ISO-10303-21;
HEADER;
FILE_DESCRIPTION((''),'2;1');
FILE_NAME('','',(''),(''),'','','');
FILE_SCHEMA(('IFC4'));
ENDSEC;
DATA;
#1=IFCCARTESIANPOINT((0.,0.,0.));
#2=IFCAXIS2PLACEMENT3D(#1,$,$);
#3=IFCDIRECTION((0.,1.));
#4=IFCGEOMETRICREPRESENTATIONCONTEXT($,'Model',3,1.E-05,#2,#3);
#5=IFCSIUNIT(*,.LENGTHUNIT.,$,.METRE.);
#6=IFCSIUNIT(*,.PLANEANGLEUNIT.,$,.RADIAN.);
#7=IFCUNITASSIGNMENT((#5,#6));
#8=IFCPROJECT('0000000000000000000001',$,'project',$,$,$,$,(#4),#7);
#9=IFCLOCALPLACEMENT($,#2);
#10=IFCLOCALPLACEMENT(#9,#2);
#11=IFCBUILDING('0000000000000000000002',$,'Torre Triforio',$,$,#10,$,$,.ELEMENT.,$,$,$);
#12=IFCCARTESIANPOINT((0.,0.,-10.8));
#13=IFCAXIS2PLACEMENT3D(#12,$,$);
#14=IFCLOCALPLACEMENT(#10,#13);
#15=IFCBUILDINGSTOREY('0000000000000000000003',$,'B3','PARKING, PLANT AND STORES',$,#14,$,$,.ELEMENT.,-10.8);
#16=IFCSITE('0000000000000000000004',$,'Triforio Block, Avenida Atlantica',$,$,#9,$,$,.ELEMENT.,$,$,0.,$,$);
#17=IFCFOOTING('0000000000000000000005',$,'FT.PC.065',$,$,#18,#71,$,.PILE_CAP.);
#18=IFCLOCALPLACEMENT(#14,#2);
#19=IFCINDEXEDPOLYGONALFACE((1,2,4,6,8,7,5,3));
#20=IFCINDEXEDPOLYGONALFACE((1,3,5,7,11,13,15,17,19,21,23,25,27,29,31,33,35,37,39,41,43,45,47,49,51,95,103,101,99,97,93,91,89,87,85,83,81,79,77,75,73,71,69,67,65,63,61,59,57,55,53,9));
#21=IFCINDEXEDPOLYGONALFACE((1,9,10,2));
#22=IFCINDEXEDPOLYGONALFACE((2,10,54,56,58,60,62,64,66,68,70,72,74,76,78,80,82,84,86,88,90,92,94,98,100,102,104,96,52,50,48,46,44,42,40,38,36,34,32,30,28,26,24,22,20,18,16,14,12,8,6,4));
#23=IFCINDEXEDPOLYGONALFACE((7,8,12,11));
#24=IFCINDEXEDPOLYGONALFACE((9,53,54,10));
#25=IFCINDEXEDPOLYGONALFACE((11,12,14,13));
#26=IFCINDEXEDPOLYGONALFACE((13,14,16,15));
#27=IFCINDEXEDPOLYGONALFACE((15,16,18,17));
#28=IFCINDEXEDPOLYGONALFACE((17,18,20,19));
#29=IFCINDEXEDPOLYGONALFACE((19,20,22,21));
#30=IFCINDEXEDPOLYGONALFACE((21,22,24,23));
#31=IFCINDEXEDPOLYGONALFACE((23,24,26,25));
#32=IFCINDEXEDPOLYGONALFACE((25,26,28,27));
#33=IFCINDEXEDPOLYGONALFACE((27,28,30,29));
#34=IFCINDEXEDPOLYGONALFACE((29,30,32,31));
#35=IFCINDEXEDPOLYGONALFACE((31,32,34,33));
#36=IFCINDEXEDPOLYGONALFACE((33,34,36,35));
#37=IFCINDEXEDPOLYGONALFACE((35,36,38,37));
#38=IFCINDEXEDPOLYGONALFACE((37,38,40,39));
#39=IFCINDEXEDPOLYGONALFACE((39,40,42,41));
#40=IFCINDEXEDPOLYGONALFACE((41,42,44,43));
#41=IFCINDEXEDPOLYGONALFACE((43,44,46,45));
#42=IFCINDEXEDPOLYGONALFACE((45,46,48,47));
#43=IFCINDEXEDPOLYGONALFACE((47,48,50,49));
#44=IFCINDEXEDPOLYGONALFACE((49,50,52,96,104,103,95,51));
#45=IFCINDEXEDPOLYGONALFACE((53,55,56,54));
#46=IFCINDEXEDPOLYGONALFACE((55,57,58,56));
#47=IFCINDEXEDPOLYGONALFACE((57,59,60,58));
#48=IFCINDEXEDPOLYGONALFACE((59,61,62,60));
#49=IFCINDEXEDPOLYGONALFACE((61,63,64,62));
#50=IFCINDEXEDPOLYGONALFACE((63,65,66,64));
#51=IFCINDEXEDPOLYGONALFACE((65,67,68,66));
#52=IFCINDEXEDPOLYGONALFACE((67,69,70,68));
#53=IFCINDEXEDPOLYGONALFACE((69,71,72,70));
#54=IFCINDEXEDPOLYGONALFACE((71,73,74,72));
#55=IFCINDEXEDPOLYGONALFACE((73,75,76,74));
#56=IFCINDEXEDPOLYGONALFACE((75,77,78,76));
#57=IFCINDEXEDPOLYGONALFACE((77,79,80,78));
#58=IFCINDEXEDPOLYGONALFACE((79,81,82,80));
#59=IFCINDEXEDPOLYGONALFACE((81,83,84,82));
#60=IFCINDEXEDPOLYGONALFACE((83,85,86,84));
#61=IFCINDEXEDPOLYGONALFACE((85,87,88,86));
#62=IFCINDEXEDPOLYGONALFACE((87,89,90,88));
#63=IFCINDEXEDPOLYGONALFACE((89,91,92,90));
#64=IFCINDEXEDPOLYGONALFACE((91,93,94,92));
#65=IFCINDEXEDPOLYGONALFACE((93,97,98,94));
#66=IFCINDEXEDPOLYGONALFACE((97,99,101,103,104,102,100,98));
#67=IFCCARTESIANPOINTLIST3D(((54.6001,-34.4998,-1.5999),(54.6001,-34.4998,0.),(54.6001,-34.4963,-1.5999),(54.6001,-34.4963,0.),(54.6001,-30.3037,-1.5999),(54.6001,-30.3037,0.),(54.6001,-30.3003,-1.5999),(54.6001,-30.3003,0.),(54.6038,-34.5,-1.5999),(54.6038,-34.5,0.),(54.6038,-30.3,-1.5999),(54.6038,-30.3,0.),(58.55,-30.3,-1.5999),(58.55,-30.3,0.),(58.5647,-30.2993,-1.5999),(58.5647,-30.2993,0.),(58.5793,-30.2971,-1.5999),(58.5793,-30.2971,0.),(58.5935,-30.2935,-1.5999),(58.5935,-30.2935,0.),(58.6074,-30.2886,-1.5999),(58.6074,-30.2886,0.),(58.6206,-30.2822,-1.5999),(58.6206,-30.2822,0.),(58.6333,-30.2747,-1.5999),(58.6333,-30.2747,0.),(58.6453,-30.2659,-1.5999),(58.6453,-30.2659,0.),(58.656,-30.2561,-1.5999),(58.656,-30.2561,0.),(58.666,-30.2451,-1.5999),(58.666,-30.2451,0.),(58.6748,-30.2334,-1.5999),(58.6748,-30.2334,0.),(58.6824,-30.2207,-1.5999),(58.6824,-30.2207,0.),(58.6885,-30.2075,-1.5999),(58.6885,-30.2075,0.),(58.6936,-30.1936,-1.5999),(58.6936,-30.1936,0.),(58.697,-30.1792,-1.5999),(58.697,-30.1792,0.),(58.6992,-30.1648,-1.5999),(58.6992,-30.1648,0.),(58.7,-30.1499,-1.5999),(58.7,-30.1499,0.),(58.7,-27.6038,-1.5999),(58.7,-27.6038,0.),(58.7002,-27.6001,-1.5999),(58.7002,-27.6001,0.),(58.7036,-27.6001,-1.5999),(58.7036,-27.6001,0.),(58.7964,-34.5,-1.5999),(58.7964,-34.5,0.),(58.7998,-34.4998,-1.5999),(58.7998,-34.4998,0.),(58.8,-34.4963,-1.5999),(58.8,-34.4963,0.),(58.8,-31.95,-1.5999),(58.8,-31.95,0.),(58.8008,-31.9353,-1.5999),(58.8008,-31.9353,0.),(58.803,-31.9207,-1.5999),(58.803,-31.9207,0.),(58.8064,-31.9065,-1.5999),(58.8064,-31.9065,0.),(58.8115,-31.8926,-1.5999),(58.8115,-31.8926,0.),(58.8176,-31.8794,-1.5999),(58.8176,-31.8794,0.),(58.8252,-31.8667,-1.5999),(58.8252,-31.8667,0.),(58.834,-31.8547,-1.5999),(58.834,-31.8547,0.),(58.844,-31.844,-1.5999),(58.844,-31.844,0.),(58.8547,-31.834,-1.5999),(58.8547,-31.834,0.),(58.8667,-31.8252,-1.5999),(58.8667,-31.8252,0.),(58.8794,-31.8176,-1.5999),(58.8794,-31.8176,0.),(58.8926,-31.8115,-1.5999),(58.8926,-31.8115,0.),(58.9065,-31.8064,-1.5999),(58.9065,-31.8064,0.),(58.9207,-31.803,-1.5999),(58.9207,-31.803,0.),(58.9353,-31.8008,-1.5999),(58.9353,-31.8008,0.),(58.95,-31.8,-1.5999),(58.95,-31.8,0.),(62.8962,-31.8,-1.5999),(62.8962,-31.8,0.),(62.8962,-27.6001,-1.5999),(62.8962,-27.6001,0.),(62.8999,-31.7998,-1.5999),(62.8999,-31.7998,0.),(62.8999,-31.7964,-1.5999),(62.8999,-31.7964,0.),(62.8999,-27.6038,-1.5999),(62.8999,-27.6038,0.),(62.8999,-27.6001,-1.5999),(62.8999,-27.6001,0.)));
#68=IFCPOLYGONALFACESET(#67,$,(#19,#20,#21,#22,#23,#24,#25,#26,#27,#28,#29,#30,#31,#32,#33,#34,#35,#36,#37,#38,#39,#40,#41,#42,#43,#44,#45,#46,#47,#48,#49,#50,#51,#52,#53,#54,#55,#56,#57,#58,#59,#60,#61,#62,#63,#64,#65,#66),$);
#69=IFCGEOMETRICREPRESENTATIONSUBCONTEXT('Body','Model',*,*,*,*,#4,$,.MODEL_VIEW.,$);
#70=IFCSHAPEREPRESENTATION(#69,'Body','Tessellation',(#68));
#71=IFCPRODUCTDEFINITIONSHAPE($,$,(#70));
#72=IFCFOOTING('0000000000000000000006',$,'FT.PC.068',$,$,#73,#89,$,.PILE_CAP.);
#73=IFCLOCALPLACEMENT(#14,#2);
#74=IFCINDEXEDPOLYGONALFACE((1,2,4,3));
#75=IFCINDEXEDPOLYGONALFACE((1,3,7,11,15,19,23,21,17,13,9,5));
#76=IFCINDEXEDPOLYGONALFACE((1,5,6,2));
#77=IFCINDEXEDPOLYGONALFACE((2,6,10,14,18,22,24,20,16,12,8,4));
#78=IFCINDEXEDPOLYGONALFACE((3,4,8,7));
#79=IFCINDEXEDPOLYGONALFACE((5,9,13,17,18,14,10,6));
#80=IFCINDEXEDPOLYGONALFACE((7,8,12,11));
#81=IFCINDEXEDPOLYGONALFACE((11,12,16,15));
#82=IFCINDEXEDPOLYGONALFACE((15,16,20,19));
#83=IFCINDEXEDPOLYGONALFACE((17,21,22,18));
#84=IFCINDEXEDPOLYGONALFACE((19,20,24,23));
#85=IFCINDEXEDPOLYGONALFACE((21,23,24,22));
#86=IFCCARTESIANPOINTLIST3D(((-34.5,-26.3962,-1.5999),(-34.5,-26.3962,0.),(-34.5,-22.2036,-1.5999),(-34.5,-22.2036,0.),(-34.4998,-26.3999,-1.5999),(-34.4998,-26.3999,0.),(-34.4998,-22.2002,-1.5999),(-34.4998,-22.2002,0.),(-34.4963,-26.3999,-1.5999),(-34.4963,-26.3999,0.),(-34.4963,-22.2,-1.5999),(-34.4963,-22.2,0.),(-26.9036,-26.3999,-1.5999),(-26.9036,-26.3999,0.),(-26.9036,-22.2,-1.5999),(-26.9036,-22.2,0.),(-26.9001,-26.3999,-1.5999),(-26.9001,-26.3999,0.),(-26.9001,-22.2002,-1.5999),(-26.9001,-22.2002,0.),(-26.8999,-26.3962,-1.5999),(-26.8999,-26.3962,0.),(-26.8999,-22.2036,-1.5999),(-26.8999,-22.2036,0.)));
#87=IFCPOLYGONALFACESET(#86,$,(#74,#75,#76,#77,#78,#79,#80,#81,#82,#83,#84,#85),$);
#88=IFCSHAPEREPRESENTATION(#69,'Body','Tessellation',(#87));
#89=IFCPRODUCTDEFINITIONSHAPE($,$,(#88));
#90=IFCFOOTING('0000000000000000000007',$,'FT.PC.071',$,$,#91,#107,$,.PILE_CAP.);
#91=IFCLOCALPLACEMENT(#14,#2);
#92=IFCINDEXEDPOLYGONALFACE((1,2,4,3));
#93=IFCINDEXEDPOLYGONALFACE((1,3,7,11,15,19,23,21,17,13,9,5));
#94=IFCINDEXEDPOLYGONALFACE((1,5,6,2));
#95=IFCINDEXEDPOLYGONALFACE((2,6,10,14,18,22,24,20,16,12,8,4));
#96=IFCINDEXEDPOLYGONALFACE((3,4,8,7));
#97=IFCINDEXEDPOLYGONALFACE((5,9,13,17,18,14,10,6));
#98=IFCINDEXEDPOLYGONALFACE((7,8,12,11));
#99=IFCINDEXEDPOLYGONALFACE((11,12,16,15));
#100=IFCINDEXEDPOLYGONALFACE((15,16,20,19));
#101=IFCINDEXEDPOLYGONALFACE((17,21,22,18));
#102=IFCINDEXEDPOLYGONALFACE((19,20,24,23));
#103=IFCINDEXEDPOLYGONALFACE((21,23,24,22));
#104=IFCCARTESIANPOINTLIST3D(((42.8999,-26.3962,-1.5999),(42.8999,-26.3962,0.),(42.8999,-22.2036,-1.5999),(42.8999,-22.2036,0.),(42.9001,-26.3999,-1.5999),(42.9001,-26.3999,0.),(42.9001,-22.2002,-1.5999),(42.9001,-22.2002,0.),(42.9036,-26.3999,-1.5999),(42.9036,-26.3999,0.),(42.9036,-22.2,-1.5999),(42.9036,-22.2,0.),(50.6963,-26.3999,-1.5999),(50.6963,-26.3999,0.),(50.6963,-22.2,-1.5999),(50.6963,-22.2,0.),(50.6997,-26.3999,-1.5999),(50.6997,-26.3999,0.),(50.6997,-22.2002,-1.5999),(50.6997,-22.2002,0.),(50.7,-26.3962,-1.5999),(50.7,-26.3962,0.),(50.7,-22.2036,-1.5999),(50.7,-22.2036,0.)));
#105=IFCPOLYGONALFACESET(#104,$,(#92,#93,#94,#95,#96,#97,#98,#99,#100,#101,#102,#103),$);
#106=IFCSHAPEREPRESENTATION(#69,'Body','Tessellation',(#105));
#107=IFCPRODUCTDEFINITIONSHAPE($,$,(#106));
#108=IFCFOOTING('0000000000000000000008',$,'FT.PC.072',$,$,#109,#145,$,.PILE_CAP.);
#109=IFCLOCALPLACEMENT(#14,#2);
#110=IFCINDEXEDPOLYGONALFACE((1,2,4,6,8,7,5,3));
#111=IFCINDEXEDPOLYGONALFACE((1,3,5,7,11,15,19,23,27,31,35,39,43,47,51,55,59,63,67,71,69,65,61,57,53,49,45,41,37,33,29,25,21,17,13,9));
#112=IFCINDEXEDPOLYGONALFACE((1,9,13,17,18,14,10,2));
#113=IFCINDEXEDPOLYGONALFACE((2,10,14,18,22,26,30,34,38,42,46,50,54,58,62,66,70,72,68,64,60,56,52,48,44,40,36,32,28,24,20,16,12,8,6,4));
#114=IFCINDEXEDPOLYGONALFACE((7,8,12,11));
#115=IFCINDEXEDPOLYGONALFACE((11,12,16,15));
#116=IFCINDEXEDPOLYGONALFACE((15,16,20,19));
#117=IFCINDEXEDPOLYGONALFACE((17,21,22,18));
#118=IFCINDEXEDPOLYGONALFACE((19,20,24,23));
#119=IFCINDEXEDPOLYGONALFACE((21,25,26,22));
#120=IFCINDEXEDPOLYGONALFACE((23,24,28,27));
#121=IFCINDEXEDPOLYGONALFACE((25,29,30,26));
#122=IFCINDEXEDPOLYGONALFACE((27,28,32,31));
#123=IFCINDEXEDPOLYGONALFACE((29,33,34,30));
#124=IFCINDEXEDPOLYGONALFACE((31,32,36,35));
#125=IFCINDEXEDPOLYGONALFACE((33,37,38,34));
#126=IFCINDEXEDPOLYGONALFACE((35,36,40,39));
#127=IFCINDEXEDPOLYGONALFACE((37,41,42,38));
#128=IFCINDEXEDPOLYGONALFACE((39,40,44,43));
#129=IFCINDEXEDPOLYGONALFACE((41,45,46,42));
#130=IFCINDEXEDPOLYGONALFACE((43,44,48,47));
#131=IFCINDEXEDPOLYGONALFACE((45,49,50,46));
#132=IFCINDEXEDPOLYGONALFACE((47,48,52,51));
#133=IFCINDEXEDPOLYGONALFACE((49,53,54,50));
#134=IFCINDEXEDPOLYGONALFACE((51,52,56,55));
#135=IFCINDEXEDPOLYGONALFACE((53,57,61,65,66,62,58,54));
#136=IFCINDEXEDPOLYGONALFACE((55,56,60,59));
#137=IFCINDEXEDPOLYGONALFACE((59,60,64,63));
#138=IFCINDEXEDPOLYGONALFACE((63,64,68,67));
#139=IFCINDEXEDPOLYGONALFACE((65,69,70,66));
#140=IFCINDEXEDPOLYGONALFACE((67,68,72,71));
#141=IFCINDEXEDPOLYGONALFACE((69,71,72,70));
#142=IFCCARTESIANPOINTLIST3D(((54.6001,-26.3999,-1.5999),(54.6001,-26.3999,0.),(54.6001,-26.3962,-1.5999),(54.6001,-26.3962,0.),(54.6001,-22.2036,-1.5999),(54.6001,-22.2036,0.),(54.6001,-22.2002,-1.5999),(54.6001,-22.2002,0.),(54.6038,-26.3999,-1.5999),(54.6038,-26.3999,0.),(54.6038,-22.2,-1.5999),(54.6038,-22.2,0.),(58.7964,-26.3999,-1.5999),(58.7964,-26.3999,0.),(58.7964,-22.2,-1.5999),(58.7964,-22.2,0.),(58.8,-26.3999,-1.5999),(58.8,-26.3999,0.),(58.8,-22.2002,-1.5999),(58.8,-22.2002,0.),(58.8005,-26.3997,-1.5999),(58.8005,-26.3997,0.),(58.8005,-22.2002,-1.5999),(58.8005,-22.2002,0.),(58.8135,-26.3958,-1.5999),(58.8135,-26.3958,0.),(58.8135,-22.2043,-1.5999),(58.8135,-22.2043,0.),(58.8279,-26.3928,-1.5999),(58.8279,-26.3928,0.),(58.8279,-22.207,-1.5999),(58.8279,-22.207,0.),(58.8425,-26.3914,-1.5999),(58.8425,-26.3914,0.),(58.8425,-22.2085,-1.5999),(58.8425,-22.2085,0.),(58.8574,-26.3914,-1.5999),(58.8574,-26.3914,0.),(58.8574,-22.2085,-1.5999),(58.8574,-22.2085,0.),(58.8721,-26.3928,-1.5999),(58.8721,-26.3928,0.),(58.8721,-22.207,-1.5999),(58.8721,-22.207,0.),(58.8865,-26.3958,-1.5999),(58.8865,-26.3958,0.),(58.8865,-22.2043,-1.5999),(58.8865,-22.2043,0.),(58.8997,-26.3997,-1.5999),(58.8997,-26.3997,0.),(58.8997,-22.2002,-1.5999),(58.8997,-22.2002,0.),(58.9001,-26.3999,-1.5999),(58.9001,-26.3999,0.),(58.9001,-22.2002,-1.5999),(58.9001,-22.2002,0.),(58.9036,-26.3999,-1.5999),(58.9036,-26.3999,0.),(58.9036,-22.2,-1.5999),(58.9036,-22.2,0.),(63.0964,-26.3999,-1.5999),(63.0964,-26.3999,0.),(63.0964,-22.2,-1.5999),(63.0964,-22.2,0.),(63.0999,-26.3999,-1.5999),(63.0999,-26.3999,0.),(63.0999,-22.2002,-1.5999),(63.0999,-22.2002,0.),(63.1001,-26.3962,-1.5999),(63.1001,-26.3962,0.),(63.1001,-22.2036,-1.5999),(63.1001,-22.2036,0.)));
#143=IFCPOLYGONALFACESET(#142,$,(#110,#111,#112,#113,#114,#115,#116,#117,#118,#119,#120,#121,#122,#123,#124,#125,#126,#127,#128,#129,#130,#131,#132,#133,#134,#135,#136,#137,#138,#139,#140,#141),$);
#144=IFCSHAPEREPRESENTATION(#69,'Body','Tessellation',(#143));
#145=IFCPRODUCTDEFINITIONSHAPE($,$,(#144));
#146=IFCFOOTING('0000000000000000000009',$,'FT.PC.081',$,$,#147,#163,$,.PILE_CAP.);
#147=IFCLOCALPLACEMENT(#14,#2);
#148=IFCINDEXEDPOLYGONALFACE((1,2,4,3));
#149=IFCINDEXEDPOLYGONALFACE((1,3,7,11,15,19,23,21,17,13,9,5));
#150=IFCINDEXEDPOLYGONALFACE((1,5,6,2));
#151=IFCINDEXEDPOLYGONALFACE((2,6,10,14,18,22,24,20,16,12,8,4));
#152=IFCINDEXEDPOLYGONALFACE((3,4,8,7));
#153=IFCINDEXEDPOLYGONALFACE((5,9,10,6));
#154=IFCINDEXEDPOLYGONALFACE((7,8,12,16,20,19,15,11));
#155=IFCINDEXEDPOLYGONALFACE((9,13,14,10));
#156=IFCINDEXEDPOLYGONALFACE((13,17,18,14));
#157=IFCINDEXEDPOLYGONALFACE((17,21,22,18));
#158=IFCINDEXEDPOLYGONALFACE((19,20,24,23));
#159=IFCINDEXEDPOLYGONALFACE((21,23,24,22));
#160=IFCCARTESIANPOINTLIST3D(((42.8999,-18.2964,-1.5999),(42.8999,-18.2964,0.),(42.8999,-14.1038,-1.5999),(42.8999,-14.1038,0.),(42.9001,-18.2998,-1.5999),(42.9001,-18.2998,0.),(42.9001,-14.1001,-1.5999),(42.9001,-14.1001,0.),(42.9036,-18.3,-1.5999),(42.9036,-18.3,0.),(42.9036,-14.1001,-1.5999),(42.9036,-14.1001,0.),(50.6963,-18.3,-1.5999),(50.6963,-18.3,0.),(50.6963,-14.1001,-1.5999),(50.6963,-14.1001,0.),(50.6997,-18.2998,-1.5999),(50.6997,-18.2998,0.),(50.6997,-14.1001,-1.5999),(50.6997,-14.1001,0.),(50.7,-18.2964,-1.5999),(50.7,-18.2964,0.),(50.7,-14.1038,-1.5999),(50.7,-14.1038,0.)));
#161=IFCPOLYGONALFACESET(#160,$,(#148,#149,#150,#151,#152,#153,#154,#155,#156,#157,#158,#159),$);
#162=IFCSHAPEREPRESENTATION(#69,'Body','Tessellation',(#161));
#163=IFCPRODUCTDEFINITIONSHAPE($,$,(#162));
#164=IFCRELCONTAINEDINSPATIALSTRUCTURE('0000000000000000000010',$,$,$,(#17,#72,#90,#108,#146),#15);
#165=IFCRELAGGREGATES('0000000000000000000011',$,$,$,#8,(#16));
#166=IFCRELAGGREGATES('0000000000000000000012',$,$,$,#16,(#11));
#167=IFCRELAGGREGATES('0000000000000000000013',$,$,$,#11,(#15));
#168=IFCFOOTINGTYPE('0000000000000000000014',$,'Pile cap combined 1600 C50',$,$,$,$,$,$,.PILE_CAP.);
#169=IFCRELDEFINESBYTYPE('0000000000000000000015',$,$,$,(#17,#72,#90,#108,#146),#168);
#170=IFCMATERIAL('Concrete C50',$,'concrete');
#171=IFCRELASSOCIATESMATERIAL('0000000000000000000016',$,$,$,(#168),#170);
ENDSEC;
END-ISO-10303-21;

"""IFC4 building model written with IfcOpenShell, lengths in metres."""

from ifc_helpers import new_model, si_unit, direction, frame, origin, place, context, subcontext, project, spatial, polyline, outline, extrude, material, type_object, element, save


model = new_model("IFC4")

# Units and contexts
model_context = context("Model", 3, precision=1e-05, world=origin(), true_north=direction((0.0, 1.0)))
body_context = subcontext(model_context, "Body", "Model", "MODEL_VIEW")
ifc_project = project(units=[si_unit("LENGTHUNIT", "METRE"), si_unit("PLANEANGLEUNIT", "RADIAN")], contexts=[model_context])

# Site, building, storey
site_placement = place(None, origin())
site = spatial("IfcSite", under=ifc_project, at=site_placement, Name="Triforio Block, Avenida Atlantica", CompositionType="ELEMENT", RefElevation=0.0)
building_placement = place(site_placement, origin())
building = spatial("IfcBuilding", under=site, at=building_placement, Name="Torre Triforio", CompositionType="ELEMENT")
storey_placement = place(building_placement, frame((0.0, 0.0, -10.8)))
storey = spatial("IfcBuildingStorey", under=building, at=storey_placement, Name="B3", Description="PARKING, PLANT AND STORES", CompositionType="ELEMENT", Elevation=-10.8)

# Footings
ifc_material_1 = material(Name="Concrete C50", Category="concrete")
footing_type_1 = type_object("IfcFootingType", Name="Pile cap combined 1600 C50", PredefinedType="PILE_CAP", material=ifc_material_1)
footing_1_placement = place(storey_placement, frame((0.0, 0.0, -1.5999)))
element("IfcFooting", 1, at=footing_1_placement, inside=storey, type_object=footing_type_1, Name="FT.PC.065", PredefinedType="PILE_CAP", context=body_context, shape_type="SweptSolid", body=[
    extrude(outline(polyline([(54.6001, -30.3003), (54.6001, -30.3037), (54.6001, -34.4963), (54.6001, -34.4998), (54.6038, -34.5), (58.7964, -34.5), (58.7998, -34.4998), (58.8, -34.4963), (58.8, -31.95), (58.8008, -31.9353), (58.803, -31.9207), (58.8064, -31.9065), (58.8115, -31.8926), (58.8176, -31.8794), (58.8252, -31.8667), (58.834, -31.8547), (58.844, -31.844), (58.8547, -31.834), (58.8667, -31.8252), (58.8794, -31.8176), (58.8926, -31.8115), (58.9065, -31.8064), (58.9207, -31.803), (58.9353, -31.8008), (58.95, -31.8), (62.8962, -31.8), (62.8999, -31.7998), (62.8999, -31.7964), (62.8999, -27.6038), (62.8999, -27.6001), (62.8962, -27.6001), (58.7036, -27.6001), (58.7002, -27.6001), (58.7, -27.6038), (58.7, -30.1499), (58.6992, -30.1648), (58.697, -30.1792), (58.6936, -30.1936), (58.6885, -30.2075), (58.6824, -30.2207), (58.6748, -30.2334), (58.666, -30.2451), (58.656, -30.2561), (58.6453, -30.2659), (58.6333, -30.2747), (58.6206, -30.2822), (58.6074, -30.2886), (58.5935, -30.2935), (58.5793, -30.2971), (58.5647, -30.2993), (58.55, -30.3), (54.6038, -30.3), (54.6001, -30.3003)])), origin(), (0.0, 0.0, 1.0), 1.5999),
])
footing_2_placement = place(storey_placement, frame((0.0, 0.0, -1.5999)))
element("IfcFooting", 2, at=footing_2_placement, inside=storey, type_object=footing_type_1, Name="FT.PC.068", PredefinedType="PILE_CAP", context=body_context, shape_type="SweptSolid", body=[
    extrude(outline(polyline([(-34.4998, -26.3999), (-34.4963, -26.3999), (-26.9036, -26.3999), (-26.9001, -26.3999), (-26.8999, -26.3962), (-26.8999, -22.2036), (-26.9001, -22.2002), (-26.9036, -22.2), (-34.4963, -22.2), (-34.4998, -22.2002), (-34.5, -22.2036), (-34.5, -26.3962), (-34.4998, -26.3999)])), origin(), (0.0, 0.0, 1.0), 1.5999),
])
footing_3_placement = place(storey_placement, frame((0.0, 0.0, -1.5999)))
element("IfcFooting", 3, at=footing_3_placement, inside=storey, type_object=footing_type_1, Name="FT.PC.071", PredefinedType="PILE_CAP", context=body_context, shape_type="SweptSolid", body=[
    extrude(outline(polyline([(42.9001, -26.3999), (42.9036, -26.3999), (50.6963, -26.3999), (50.6997, -26.3999), (50.7, -26.3962), (50.7, -22.2036), (50.6997, -22.2002), (50.6963, -22.2), (42.9036, -22.2), (42.9001, -22.2002), (42.8999, -22.2036), (42.8999, -26.3962), (42.9001, -26.3999)])), origin(), (0.0, 0.0, 1.0), 1.5999),
])
footing_4_placement = place(storey_placement, frame((0.0, 0.0, -1.5999)))
element("IfcFooting", 4, at=footing_4_placement, inside=storey, type_object=footing_type_1, Name="FT.PC.072", PredefinedType="PILE_CAP", context=body_context, shape_type="SweptSolid", body=[
    extrude(outline(polyline([(54.6001, -26.3999), (54.6038, -26.3999), (58.7964, -26.3999), (58.8, -26.3999), (58.8005, -26.3997), (58.8135, -26.3958), (58.8279, -26.3928), (58.8425, -26.3914), (58.8574, -26.3914), (58.8721, -26.3928), (58.8865, -26.3958), (58.8997, -26.3997), (58.9001, -26.3999), (58.9036, -26.3999), (63.0964, -26.3999), (63.0999, -26.3999), (63.1001, -26.3962), (63.1001, -22.2036), (63.0999, -22.2002), (63.0964, -22.2), (58.9036, -22.2), (58.9001, -22.2002), (58.8997, -22.2002), (58.8865, -22.2043), (58.8721, -22.207), (58.8574, -22.2085), (58.8425, -22.2085), (58.8279, -22.207), (58.8135, -22.2043), (58.8005, -22.2002), (58.8, -22.2002), (58.7964, -22.2), (54.6038, -22.2), (54.6001, -22.2002), (54.6001, -22.2036), (54.6001, -26.3962), (54.6001, -26.3999)])), origin(), (0.0, 0.0, 1.0), 1.5999),
])
footing_5_placement = place(storey_placement, frame((0.0, 0.0, -1.5999)))
element("IfcFooting", 5, at=footing_5_placement, inside=storey, type_object=footing_type_1, Name="FT.PC.081", PredefinedType="PILE_CAP", context=body_context, shape_type="SweptSolid", body=[
    extrude(outline(polyline([(42.9001, -18.2998), (42.9036, -18.3), (50.6963, -18.3), (50.6997, -18.2998), (50.7, -18.2964), (50.7, -14.1038), (50.6997, -14.1001), (50.6963, -14.1001), (42.9036, -14.1001), (42.9001, -14.1001), (42.8999, -14.1038), (42.8999, -18.2964), (42.9001, -18.2998)])), origin(), (0.0, 0.0, 1.0), 1.5999),
])

save(model, "model.ifc")
